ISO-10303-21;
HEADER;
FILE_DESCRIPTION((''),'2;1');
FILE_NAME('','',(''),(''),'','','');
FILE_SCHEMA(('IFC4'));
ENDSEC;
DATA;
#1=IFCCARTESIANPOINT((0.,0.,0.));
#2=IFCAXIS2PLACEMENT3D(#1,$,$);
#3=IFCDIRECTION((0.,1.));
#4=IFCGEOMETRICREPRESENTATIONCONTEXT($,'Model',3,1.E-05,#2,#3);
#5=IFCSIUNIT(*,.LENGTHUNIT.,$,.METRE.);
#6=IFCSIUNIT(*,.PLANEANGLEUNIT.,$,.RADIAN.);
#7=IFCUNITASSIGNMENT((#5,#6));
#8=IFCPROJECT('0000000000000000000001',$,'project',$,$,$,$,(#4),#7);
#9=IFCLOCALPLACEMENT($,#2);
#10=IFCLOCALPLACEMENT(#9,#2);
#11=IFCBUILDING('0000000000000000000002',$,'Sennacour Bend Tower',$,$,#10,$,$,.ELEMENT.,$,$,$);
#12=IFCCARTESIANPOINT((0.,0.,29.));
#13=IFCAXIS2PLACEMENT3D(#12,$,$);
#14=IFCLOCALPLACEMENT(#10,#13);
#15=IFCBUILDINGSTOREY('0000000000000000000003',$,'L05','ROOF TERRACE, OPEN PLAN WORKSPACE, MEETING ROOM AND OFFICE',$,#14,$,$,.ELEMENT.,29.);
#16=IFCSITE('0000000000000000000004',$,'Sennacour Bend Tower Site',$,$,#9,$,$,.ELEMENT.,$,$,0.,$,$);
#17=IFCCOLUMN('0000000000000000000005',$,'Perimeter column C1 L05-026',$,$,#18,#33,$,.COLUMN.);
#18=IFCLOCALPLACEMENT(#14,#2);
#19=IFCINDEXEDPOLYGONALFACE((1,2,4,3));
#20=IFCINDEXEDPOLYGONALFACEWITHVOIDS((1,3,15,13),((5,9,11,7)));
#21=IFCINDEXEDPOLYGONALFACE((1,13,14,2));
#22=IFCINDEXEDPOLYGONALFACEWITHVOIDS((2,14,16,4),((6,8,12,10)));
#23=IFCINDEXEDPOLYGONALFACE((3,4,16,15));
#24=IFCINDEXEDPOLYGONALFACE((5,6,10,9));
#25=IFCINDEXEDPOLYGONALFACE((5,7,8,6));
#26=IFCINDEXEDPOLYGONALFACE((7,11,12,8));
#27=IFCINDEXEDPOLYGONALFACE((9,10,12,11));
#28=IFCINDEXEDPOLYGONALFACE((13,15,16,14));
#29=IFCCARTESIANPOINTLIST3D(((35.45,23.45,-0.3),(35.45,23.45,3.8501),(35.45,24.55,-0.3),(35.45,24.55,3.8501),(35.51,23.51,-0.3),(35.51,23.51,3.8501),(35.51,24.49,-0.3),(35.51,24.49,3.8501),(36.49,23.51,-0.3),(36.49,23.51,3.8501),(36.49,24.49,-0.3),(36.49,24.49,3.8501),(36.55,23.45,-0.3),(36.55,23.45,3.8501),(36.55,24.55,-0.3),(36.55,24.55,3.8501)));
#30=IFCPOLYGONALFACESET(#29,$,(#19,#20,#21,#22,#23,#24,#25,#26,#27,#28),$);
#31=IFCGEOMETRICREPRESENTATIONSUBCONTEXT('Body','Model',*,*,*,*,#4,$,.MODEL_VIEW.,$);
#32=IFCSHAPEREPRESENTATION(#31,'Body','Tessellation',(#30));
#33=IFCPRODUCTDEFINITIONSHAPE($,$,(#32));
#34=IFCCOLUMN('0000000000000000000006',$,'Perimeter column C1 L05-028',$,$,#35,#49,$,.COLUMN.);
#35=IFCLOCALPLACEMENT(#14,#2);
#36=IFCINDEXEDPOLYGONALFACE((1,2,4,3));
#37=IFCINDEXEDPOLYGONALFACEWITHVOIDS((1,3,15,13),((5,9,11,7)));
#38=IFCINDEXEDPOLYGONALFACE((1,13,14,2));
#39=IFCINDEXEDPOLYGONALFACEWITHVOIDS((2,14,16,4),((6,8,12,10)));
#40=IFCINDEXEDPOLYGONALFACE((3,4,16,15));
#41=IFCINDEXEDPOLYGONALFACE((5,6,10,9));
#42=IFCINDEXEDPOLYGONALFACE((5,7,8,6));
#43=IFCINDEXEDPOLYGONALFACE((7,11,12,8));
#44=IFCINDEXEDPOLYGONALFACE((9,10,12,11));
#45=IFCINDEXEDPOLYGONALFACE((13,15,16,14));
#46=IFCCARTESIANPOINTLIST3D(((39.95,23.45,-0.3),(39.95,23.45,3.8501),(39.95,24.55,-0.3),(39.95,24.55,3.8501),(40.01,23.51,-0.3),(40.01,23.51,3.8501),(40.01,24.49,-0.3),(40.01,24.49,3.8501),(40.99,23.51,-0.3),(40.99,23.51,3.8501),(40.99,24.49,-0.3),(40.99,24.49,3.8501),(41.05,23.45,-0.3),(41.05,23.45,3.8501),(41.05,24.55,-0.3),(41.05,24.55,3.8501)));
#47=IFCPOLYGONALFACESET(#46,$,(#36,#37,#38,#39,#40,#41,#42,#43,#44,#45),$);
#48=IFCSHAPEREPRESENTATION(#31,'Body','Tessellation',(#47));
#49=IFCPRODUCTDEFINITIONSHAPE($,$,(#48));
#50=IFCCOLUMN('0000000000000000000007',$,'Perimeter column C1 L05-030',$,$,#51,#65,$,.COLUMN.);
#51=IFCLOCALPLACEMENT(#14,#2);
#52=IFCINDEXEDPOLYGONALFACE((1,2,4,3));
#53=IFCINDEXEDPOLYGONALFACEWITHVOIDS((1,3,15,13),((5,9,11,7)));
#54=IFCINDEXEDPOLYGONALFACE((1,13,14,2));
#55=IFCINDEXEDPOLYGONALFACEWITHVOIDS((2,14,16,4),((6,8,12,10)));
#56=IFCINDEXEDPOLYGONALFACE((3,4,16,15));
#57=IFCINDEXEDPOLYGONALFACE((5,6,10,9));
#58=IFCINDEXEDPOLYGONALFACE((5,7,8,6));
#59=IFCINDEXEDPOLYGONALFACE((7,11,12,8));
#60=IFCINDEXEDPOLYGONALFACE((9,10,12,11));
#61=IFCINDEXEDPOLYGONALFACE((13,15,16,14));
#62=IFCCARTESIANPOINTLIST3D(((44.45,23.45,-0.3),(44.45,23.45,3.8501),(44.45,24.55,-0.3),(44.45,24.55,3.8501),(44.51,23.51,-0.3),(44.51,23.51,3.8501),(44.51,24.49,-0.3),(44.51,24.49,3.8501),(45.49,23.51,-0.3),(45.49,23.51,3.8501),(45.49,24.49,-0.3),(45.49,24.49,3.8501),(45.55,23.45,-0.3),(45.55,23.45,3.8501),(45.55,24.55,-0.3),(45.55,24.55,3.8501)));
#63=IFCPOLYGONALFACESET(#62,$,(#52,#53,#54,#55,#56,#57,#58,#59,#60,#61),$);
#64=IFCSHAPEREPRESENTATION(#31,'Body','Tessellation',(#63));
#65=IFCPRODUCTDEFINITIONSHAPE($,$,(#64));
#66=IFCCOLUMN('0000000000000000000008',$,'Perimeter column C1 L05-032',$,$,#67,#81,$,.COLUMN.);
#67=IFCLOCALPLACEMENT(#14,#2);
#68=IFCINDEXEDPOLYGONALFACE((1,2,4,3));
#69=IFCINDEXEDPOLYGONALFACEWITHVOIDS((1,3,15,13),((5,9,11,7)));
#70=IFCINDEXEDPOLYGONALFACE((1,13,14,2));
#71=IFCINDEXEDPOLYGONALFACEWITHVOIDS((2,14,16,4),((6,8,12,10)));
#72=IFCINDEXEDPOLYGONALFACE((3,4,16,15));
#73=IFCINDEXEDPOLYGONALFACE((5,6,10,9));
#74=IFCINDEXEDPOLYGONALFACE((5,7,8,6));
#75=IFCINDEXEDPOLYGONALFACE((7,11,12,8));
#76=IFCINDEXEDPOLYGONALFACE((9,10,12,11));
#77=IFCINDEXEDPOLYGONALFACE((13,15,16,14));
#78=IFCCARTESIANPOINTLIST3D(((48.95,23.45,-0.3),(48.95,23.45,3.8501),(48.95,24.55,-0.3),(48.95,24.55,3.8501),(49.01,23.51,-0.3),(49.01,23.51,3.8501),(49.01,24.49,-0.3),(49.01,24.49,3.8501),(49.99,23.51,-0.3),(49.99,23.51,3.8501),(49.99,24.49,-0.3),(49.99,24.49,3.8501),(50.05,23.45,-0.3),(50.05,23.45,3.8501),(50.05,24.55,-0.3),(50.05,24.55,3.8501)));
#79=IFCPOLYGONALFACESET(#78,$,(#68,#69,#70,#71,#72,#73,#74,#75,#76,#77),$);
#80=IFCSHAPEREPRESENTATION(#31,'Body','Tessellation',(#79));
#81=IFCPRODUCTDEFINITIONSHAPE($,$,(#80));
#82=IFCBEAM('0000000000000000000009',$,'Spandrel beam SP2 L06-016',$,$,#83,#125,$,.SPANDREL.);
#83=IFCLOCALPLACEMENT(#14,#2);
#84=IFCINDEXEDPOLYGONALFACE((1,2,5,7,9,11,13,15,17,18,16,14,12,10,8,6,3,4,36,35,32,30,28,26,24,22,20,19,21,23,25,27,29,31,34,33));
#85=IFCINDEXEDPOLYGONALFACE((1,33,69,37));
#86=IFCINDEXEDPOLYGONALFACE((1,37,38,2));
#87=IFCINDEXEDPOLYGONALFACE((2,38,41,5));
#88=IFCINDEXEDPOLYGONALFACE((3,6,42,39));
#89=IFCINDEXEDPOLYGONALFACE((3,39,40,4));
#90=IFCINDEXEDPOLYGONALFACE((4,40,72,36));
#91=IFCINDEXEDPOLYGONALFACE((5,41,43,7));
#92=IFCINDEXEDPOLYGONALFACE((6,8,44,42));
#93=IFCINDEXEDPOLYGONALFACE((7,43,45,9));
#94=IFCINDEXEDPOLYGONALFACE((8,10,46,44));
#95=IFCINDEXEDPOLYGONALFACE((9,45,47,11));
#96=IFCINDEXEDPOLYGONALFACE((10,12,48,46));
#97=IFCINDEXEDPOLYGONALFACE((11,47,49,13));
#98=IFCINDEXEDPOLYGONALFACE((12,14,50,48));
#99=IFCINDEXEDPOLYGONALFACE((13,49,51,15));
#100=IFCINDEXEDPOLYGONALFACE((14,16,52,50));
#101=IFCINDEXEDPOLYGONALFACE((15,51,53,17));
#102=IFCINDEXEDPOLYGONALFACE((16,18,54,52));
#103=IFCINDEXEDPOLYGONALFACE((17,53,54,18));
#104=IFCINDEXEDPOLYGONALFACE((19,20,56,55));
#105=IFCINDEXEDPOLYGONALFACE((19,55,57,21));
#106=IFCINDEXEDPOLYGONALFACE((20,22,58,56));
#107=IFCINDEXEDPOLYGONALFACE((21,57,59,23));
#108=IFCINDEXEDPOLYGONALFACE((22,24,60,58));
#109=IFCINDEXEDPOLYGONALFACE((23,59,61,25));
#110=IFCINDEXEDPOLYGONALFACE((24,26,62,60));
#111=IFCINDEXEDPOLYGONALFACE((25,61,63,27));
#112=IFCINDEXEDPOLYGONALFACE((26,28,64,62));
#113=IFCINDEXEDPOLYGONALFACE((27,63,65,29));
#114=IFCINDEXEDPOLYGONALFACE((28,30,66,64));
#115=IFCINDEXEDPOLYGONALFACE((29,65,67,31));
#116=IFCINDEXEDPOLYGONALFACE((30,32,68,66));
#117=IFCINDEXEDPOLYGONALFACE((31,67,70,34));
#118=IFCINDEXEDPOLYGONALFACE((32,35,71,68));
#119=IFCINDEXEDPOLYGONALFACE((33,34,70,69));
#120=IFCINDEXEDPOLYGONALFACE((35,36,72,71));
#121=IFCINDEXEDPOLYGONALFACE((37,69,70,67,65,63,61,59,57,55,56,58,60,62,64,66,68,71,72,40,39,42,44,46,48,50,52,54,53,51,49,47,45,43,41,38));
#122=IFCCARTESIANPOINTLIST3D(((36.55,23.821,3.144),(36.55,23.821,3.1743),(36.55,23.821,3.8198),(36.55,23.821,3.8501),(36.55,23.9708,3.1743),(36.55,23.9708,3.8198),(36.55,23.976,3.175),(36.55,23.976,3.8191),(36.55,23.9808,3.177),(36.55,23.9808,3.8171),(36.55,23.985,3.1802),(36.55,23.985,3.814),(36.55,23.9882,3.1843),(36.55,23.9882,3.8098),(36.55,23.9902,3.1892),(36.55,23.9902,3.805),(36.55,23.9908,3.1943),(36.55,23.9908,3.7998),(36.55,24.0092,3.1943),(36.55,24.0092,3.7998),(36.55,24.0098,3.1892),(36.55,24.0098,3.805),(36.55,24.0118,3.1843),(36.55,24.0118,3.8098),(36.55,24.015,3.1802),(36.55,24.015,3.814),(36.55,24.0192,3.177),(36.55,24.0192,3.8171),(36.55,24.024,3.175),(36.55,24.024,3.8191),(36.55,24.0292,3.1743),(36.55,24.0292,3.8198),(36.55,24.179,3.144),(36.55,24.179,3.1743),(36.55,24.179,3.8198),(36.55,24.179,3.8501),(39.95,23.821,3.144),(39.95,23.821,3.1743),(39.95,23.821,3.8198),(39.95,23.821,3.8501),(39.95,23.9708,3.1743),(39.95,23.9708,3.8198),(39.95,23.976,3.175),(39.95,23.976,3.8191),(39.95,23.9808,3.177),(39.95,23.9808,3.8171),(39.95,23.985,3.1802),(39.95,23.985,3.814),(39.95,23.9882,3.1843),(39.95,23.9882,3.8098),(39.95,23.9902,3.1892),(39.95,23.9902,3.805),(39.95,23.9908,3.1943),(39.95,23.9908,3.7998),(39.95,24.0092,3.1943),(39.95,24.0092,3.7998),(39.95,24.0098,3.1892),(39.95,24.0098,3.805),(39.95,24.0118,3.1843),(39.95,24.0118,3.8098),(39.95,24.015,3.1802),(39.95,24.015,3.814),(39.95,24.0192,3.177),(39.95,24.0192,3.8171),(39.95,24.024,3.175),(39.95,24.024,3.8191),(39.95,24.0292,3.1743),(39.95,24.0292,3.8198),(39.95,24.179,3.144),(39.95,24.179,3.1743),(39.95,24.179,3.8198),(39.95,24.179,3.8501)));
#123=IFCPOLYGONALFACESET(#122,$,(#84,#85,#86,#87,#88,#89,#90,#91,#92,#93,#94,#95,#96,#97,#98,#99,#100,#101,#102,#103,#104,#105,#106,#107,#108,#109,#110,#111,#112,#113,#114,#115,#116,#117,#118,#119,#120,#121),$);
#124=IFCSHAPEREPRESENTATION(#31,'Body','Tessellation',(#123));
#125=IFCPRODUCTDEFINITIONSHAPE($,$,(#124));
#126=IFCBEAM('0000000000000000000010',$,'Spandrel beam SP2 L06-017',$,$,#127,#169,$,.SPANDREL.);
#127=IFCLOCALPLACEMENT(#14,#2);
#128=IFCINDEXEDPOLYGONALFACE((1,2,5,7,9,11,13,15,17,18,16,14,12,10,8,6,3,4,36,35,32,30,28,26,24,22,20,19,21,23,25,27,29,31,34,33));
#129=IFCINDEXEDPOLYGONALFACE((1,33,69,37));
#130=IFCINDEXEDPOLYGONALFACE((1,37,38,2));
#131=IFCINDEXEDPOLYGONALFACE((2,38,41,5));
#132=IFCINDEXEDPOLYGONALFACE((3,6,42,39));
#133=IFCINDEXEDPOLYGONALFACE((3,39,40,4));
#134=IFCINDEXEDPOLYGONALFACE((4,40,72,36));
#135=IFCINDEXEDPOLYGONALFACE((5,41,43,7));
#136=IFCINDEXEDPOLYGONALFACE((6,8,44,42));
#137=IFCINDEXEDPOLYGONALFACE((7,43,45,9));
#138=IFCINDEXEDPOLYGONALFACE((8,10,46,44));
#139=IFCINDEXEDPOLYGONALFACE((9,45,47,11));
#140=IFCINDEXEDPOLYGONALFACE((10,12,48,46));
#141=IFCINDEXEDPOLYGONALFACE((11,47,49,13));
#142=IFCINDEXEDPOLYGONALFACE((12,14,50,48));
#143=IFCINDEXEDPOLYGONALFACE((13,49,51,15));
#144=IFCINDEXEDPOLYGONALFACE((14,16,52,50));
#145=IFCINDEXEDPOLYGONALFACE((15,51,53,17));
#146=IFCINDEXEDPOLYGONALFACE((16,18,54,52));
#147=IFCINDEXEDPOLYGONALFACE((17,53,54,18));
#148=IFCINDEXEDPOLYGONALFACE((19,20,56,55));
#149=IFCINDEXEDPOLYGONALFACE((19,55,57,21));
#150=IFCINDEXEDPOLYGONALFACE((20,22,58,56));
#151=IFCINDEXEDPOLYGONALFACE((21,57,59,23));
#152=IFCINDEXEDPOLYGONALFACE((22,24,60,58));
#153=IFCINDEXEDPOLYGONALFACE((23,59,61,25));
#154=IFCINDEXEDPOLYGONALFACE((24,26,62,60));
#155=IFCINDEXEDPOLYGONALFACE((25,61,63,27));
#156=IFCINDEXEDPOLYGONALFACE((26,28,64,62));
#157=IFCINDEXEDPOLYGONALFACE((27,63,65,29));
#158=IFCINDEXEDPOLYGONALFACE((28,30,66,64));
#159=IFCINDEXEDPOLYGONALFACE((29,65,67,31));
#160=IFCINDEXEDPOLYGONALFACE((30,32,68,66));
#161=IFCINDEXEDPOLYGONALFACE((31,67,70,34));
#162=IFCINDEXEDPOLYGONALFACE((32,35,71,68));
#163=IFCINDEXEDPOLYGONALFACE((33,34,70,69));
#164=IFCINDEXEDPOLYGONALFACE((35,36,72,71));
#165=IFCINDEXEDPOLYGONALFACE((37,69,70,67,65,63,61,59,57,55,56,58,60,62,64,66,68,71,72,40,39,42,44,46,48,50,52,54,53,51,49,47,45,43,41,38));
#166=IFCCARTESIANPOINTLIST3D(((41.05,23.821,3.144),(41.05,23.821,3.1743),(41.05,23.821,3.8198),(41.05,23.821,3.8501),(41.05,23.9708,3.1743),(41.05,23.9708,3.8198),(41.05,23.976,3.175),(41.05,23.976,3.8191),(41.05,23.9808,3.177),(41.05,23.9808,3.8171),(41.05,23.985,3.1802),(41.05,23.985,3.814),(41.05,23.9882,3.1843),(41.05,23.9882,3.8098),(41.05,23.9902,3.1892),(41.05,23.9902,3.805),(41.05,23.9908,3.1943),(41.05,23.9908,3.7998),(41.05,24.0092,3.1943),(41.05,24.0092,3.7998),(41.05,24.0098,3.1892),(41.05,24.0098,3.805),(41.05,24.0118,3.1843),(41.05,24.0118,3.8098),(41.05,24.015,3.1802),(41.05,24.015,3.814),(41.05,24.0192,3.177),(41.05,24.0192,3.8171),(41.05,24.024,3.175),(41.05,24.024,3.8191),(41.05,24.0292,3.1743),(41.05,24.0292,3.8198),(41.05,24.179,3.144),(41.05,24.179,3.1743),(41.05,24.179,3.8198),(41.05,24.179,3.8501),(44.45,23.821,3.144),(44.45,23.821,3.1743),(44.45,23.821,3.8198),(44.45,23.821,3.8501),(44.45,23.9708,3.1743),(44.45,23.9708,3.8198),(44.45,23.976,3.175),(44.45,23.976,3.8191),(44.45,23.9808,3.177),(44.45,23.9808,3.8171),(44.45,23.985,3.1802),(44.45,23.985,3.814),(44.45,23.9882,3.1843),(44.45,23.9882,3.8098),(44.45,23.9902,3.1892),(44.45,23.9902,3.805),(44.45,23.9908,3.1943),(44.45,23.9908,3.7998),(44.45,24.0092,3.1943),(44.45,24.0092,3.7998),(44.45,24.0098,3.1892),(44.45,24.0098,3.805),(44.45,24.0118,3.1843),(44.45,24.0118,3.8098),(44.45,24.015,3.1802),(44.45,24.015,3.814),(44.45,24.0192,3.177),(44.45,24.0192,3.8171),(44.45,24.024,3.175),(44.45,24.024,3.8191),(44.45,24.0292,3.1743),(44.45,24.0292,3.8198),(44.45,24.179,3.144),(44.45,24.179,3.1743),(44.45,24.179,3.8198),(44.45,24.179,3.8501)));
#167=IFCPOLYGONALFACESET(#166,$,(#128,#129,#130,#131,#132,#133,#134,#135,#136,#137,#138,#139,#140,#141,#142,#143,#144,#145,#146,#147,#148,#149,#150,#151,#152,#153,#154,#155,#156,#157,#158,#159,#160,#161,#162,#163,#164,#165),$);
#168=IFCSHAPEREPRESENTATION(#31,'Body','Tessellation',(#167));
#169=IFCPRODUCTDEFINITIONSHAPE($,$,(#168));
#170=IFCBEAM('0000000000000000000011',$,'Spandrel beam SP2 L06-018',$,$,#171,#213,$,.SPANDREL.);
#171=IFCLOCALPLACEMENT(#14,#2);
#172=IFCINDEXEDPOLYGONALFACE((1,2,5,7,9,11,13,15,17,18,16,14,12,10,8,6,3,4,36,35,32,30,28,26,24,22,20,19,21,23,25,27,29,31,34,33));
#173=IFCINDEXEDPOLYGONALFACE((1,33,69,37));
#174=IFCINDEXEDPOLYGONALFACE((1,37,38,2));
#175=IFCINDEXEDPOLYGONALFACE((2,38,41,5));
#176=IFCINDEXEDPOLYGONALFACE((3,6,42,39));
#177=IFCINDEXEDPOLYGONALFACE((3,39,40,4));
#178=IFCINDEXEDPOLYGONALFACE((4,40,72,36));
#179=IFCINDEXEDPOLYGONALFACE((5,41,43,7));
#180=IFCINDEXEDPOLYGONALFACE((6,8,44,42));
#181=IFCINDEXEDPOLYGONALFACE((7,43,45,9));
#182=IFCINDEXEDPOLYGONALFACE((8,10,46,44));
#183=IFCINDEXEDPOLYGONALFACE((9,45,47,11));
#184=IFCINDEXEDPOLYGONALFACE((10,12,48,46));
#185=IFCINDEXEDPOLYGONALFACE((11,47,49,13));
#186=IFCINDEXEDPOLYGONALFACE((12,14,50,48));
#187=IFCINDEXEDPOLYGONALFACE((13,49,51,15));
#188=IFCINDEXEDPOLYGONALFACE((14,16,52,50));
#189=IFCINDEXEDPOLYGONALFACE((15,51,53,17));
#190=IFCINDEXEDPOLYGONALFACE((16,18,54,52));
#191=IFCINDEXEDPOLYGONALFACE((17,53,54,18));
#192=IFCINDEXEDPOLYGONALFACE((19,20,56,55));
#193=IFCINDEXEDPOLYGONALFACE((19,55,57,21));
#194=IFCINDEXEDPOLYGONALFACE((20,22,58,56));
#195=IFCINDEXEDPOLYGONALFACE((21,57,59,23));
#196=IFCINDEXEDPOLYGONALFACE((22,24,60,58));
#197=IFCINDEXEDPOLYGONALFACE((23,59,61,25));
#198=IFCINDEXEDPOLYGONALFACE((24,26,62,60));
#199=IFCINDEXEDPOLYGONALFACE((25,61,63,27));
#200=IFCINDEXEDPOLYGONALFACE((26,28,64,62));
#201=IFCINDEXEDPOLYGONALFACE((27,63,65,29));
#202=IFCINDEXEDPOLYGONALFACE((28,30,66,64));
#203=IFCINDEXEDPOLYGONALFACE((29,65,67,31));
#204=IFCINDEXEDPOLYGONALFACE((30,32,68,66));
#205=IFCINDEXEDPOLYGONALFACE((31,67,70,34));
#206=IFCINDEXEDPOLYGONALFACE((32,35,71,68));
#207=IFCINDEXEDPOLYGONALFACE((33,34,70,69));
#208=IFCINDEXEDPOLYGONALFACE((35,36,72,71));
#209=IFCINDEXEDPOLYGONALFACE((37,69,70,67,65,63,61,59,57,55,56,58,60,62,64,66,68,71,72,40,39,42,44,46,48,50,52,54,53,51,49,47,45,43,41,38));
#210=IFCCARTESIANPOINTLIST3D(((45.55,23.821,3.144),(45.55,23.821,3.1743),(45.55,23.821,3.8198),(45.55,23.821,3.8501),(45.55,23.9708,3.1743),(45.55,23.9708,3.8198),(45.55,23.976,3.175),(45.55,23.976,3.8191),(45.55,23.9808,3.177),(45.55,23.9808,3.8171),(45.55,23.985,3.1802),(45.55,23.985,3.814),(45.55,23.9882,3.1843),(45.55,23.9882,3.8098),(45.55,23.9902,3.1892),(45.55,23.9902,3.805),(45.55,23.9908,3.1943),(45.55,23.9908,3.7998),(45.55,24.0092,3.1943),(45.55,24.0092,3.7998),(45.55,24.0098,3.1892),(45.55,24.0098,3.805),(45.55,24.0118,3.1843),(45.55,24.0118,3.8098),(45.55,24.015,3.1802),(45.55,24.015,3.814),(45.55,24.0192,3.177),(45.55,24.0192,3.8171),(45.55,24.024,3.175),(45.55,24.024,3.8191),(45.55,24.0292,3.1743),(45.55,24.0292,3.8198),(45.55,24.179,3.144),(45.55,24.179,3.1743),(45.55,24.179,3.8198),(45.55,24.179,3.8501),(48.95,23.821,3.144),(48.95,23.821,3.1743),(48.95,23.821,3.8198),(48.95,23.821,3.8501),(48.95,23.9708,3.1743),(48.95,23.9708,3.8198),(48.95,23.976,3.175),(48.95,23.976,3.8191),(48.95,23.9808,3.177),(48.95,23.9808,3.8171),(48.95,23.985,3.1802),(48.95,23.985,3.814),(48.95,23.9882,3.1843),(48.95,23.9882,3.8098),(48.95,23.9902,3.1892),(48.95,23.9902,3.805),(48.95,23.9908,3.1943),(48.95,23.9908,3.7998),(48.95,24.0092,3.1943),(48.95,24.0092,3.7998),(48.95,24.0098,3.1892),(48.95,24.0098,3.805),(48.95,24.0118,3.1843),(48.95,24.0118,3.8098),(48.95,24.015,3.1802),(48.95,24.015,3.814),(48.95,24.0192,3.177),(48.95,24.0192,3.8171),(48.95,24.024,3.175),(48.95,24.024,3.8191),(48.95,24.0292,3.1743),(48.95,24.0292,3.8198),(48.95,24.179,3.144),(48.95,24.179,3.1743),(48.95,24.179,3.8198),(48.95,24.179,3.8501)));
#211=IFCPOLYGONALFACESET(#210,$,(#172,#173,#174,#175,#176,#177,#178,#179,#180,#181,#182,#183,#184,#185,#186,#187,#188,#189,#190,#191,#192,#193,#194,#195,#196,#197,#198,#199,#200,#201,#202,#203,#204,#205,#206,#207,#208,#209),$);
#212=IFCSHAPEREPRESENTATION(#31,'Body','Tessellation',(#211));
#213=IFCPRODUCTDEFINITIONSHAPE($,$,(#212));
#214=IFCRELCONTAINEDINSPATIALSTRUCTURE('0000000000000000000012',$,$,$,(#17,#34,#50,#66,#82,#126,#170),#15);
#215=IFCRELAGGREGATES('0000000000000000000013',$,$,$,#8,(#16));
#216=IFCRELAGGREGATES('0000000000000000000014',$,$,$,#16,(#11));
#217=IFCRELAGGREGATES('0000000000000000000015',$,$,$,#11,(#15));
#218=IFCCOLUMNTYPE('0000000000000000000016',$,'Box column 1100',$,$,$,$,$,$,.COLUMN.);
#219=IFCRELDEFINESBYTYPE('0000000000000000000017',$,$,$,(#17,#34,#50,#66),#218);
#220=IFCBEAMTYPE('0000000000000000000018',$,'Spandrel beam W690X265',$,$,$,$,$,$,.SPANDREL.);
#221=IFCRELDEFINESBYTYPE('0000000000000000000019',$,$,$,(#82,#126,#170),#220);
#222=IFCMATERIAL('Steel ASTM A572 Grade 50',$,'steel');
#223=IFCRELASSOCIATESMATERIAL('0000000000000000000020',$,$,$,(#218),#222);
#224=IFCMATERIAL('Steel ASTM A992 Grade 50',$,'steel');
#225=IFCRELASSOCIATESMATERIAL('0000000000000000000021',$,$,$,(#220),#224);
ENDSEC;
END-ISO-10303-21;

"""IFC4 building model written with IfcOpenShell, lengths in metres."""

from ifc_helpers import new_model, si_unit, direction, frame, origin, origin_2d, place, context, subcontext, project, spatial, hollow_rectangle, i_section, extrude, material, material_profile, profile_set, type_object, element, save


model = new_model("IFC4")

# Units and contexts
model_context = context("Model", 3, precision=1e-05, world=origin(), true_north=direction((0.0, 1.0)))
body_context = subcontext(model_context, "Body", "Model", "MODEL_VIEW")
ifc_project = project(units=[si_unit("LENGTHUNIT", "METRE"), si_unit("PLANEANGLEUNIT", "RADIAN")], contexts=[model_context])

# Site, building, storey
site_placement = place(None, origin())
site = spatial("IfcSite", under=ifc_project, at=site_placement, Name="Sennacour Bend Tower Site", CompositionType="ELEMENT", RefElevation=0.0)
building_placement = place(site_placement, origin())
building = spatial("IfcBuilding", under=site, at=building_placement, Name="Sennacour Bend Tower", CompositionType="ELEMENT")
storey_placement = place(building_placement, frame((0.0, 0.0, 29.0)))
storey = spatial("IfcBuildingStorey", under=building, at=storey_placement, Name="L05", Description="ROOF TERRACE, OPEN PLAN WORKSPACE, MEETING ROOM AND OFFICE", CompositionType="ELEMENT", Elevation=29.0)

# Columns
ifc_material_1 = material(Name="Steel ASTM A572 Grade 50", Category="steel")
ifc_material_profile_1 = material_profile(ifc_material_1, hollow_rectangle(XDim=1.1001, YDim=1.1001, WallThickness=0.0601, at=origin_2d()), Name="Steel ASTM A572 Grade 50", Category="steel")
ifc_profile_set_1 = profile_set([ifc_material_profile_1], Name="Steel ASTM A572 Grade 50")
column_type = type_object("IfcColumnType", Name="Box column 1100", PredefinedType="COLUMN", material=ifc_profile_set_1)
for number, where, z_axis, x_axis, name in (
    (1, (36.0, 24.0, -0.3), (0.0, 0.0, 1.0), (1.0, 0.0, 0.0), "Perimeter column C1 L05-026"),
    (2, (40.5, 24.0, -0.3), (0.0, 0.0, 1.0), (1.0, 0.0, 0.0), "Perimeter column C1 L05-028"),
    (3, (45.0, 24.0, -0.3), (0.0, 0.0, 1.0), (1.0, 0.0, 0.0), "Perimeter column C1 L05-030"),
    (4, (49.5, 24.0, -0.3), (0.0, 0.0, 1.0), (1.0, 0.0, 0.0), "Perimeter column C1 L05-032"),
):
    element("IfcColumn", number, at=place(storey_placement, frame(where, z_axis=z_axis, x_axis=x_axis)), inside=storey, type_object=column_type, Name=name, PredefinedType="COLUMN", context=body_context, shape_type="SweptSolid", body=[
        extrude(hollow_rectangle(XDim=1.1001, YDim=1.1001, WallThickness=0.0601, at=origin_2d()), origin(), (0.0, 0.0, 1.0), 4.1501),
    ])

# Beams
ifc_material_2 = material(Name="Steel ASTM A992 Grade 50", Category="steel")
ifc_material_profile_2 = material_profile(ifc_material_2, i_section(OverallWidth=0.3579, OverallDepth=0.7061, WebThickness=0.0183, FlangeThickness=0.0303, FilletRadius=0.02, at=origin_2d()), Name="Steel ASTM A992 Grade 50", Category="steel")
ifc_profile_set_2 = profile_set([ifc_material_profile_2], Name="Steel ASTM A992 Grade 50")
beam_type = type_object("IfcBeamType", Name="Spandrel beam W690X265", PredefinedType="SPANDREL", material=ifc_profile_set_2)
for number, where, z_axis, x_axis, name in (
    (5, (36.55, 24.0, 3.4971), (1.0, 0.0, 0.0), (0.0, 1.0, 0.0), "Spandrel beam SP2 L06-016"),
    (6, (41.05, 24.0, 3.4971), (1.0, 0.0, 0.0), (0.0, 1.0, 0.0), "Spandrel beam SP2 L06-017"),
    (7, (45.55, 24.0, 3.4971), (1.0, 0.0, 0.0), (0.0, 1.0, 0.0), "Spandrel beam SP2 L06-018"),
):
    element("IfcBeam", number, at=place(storey_placement, frame(where, z_axis=z_axis, x_axis=x_axis)), inside=storey, type_object=beam_type, Name=name, PredefinedType="SPANDREL", context=body_context, shape_type="SweptSolid", body=[
        extrude(i_section(OverallWidth=0.3579, OverallDepth=0.7061, WebThickness=0.0183, FlangeThickness=0.0303, FilletRadius=0.02, at=origin_2d()), origin(), (0.0, 0.0, 1.0), 3.3999),
    ])

save(model, "model.ifc")
